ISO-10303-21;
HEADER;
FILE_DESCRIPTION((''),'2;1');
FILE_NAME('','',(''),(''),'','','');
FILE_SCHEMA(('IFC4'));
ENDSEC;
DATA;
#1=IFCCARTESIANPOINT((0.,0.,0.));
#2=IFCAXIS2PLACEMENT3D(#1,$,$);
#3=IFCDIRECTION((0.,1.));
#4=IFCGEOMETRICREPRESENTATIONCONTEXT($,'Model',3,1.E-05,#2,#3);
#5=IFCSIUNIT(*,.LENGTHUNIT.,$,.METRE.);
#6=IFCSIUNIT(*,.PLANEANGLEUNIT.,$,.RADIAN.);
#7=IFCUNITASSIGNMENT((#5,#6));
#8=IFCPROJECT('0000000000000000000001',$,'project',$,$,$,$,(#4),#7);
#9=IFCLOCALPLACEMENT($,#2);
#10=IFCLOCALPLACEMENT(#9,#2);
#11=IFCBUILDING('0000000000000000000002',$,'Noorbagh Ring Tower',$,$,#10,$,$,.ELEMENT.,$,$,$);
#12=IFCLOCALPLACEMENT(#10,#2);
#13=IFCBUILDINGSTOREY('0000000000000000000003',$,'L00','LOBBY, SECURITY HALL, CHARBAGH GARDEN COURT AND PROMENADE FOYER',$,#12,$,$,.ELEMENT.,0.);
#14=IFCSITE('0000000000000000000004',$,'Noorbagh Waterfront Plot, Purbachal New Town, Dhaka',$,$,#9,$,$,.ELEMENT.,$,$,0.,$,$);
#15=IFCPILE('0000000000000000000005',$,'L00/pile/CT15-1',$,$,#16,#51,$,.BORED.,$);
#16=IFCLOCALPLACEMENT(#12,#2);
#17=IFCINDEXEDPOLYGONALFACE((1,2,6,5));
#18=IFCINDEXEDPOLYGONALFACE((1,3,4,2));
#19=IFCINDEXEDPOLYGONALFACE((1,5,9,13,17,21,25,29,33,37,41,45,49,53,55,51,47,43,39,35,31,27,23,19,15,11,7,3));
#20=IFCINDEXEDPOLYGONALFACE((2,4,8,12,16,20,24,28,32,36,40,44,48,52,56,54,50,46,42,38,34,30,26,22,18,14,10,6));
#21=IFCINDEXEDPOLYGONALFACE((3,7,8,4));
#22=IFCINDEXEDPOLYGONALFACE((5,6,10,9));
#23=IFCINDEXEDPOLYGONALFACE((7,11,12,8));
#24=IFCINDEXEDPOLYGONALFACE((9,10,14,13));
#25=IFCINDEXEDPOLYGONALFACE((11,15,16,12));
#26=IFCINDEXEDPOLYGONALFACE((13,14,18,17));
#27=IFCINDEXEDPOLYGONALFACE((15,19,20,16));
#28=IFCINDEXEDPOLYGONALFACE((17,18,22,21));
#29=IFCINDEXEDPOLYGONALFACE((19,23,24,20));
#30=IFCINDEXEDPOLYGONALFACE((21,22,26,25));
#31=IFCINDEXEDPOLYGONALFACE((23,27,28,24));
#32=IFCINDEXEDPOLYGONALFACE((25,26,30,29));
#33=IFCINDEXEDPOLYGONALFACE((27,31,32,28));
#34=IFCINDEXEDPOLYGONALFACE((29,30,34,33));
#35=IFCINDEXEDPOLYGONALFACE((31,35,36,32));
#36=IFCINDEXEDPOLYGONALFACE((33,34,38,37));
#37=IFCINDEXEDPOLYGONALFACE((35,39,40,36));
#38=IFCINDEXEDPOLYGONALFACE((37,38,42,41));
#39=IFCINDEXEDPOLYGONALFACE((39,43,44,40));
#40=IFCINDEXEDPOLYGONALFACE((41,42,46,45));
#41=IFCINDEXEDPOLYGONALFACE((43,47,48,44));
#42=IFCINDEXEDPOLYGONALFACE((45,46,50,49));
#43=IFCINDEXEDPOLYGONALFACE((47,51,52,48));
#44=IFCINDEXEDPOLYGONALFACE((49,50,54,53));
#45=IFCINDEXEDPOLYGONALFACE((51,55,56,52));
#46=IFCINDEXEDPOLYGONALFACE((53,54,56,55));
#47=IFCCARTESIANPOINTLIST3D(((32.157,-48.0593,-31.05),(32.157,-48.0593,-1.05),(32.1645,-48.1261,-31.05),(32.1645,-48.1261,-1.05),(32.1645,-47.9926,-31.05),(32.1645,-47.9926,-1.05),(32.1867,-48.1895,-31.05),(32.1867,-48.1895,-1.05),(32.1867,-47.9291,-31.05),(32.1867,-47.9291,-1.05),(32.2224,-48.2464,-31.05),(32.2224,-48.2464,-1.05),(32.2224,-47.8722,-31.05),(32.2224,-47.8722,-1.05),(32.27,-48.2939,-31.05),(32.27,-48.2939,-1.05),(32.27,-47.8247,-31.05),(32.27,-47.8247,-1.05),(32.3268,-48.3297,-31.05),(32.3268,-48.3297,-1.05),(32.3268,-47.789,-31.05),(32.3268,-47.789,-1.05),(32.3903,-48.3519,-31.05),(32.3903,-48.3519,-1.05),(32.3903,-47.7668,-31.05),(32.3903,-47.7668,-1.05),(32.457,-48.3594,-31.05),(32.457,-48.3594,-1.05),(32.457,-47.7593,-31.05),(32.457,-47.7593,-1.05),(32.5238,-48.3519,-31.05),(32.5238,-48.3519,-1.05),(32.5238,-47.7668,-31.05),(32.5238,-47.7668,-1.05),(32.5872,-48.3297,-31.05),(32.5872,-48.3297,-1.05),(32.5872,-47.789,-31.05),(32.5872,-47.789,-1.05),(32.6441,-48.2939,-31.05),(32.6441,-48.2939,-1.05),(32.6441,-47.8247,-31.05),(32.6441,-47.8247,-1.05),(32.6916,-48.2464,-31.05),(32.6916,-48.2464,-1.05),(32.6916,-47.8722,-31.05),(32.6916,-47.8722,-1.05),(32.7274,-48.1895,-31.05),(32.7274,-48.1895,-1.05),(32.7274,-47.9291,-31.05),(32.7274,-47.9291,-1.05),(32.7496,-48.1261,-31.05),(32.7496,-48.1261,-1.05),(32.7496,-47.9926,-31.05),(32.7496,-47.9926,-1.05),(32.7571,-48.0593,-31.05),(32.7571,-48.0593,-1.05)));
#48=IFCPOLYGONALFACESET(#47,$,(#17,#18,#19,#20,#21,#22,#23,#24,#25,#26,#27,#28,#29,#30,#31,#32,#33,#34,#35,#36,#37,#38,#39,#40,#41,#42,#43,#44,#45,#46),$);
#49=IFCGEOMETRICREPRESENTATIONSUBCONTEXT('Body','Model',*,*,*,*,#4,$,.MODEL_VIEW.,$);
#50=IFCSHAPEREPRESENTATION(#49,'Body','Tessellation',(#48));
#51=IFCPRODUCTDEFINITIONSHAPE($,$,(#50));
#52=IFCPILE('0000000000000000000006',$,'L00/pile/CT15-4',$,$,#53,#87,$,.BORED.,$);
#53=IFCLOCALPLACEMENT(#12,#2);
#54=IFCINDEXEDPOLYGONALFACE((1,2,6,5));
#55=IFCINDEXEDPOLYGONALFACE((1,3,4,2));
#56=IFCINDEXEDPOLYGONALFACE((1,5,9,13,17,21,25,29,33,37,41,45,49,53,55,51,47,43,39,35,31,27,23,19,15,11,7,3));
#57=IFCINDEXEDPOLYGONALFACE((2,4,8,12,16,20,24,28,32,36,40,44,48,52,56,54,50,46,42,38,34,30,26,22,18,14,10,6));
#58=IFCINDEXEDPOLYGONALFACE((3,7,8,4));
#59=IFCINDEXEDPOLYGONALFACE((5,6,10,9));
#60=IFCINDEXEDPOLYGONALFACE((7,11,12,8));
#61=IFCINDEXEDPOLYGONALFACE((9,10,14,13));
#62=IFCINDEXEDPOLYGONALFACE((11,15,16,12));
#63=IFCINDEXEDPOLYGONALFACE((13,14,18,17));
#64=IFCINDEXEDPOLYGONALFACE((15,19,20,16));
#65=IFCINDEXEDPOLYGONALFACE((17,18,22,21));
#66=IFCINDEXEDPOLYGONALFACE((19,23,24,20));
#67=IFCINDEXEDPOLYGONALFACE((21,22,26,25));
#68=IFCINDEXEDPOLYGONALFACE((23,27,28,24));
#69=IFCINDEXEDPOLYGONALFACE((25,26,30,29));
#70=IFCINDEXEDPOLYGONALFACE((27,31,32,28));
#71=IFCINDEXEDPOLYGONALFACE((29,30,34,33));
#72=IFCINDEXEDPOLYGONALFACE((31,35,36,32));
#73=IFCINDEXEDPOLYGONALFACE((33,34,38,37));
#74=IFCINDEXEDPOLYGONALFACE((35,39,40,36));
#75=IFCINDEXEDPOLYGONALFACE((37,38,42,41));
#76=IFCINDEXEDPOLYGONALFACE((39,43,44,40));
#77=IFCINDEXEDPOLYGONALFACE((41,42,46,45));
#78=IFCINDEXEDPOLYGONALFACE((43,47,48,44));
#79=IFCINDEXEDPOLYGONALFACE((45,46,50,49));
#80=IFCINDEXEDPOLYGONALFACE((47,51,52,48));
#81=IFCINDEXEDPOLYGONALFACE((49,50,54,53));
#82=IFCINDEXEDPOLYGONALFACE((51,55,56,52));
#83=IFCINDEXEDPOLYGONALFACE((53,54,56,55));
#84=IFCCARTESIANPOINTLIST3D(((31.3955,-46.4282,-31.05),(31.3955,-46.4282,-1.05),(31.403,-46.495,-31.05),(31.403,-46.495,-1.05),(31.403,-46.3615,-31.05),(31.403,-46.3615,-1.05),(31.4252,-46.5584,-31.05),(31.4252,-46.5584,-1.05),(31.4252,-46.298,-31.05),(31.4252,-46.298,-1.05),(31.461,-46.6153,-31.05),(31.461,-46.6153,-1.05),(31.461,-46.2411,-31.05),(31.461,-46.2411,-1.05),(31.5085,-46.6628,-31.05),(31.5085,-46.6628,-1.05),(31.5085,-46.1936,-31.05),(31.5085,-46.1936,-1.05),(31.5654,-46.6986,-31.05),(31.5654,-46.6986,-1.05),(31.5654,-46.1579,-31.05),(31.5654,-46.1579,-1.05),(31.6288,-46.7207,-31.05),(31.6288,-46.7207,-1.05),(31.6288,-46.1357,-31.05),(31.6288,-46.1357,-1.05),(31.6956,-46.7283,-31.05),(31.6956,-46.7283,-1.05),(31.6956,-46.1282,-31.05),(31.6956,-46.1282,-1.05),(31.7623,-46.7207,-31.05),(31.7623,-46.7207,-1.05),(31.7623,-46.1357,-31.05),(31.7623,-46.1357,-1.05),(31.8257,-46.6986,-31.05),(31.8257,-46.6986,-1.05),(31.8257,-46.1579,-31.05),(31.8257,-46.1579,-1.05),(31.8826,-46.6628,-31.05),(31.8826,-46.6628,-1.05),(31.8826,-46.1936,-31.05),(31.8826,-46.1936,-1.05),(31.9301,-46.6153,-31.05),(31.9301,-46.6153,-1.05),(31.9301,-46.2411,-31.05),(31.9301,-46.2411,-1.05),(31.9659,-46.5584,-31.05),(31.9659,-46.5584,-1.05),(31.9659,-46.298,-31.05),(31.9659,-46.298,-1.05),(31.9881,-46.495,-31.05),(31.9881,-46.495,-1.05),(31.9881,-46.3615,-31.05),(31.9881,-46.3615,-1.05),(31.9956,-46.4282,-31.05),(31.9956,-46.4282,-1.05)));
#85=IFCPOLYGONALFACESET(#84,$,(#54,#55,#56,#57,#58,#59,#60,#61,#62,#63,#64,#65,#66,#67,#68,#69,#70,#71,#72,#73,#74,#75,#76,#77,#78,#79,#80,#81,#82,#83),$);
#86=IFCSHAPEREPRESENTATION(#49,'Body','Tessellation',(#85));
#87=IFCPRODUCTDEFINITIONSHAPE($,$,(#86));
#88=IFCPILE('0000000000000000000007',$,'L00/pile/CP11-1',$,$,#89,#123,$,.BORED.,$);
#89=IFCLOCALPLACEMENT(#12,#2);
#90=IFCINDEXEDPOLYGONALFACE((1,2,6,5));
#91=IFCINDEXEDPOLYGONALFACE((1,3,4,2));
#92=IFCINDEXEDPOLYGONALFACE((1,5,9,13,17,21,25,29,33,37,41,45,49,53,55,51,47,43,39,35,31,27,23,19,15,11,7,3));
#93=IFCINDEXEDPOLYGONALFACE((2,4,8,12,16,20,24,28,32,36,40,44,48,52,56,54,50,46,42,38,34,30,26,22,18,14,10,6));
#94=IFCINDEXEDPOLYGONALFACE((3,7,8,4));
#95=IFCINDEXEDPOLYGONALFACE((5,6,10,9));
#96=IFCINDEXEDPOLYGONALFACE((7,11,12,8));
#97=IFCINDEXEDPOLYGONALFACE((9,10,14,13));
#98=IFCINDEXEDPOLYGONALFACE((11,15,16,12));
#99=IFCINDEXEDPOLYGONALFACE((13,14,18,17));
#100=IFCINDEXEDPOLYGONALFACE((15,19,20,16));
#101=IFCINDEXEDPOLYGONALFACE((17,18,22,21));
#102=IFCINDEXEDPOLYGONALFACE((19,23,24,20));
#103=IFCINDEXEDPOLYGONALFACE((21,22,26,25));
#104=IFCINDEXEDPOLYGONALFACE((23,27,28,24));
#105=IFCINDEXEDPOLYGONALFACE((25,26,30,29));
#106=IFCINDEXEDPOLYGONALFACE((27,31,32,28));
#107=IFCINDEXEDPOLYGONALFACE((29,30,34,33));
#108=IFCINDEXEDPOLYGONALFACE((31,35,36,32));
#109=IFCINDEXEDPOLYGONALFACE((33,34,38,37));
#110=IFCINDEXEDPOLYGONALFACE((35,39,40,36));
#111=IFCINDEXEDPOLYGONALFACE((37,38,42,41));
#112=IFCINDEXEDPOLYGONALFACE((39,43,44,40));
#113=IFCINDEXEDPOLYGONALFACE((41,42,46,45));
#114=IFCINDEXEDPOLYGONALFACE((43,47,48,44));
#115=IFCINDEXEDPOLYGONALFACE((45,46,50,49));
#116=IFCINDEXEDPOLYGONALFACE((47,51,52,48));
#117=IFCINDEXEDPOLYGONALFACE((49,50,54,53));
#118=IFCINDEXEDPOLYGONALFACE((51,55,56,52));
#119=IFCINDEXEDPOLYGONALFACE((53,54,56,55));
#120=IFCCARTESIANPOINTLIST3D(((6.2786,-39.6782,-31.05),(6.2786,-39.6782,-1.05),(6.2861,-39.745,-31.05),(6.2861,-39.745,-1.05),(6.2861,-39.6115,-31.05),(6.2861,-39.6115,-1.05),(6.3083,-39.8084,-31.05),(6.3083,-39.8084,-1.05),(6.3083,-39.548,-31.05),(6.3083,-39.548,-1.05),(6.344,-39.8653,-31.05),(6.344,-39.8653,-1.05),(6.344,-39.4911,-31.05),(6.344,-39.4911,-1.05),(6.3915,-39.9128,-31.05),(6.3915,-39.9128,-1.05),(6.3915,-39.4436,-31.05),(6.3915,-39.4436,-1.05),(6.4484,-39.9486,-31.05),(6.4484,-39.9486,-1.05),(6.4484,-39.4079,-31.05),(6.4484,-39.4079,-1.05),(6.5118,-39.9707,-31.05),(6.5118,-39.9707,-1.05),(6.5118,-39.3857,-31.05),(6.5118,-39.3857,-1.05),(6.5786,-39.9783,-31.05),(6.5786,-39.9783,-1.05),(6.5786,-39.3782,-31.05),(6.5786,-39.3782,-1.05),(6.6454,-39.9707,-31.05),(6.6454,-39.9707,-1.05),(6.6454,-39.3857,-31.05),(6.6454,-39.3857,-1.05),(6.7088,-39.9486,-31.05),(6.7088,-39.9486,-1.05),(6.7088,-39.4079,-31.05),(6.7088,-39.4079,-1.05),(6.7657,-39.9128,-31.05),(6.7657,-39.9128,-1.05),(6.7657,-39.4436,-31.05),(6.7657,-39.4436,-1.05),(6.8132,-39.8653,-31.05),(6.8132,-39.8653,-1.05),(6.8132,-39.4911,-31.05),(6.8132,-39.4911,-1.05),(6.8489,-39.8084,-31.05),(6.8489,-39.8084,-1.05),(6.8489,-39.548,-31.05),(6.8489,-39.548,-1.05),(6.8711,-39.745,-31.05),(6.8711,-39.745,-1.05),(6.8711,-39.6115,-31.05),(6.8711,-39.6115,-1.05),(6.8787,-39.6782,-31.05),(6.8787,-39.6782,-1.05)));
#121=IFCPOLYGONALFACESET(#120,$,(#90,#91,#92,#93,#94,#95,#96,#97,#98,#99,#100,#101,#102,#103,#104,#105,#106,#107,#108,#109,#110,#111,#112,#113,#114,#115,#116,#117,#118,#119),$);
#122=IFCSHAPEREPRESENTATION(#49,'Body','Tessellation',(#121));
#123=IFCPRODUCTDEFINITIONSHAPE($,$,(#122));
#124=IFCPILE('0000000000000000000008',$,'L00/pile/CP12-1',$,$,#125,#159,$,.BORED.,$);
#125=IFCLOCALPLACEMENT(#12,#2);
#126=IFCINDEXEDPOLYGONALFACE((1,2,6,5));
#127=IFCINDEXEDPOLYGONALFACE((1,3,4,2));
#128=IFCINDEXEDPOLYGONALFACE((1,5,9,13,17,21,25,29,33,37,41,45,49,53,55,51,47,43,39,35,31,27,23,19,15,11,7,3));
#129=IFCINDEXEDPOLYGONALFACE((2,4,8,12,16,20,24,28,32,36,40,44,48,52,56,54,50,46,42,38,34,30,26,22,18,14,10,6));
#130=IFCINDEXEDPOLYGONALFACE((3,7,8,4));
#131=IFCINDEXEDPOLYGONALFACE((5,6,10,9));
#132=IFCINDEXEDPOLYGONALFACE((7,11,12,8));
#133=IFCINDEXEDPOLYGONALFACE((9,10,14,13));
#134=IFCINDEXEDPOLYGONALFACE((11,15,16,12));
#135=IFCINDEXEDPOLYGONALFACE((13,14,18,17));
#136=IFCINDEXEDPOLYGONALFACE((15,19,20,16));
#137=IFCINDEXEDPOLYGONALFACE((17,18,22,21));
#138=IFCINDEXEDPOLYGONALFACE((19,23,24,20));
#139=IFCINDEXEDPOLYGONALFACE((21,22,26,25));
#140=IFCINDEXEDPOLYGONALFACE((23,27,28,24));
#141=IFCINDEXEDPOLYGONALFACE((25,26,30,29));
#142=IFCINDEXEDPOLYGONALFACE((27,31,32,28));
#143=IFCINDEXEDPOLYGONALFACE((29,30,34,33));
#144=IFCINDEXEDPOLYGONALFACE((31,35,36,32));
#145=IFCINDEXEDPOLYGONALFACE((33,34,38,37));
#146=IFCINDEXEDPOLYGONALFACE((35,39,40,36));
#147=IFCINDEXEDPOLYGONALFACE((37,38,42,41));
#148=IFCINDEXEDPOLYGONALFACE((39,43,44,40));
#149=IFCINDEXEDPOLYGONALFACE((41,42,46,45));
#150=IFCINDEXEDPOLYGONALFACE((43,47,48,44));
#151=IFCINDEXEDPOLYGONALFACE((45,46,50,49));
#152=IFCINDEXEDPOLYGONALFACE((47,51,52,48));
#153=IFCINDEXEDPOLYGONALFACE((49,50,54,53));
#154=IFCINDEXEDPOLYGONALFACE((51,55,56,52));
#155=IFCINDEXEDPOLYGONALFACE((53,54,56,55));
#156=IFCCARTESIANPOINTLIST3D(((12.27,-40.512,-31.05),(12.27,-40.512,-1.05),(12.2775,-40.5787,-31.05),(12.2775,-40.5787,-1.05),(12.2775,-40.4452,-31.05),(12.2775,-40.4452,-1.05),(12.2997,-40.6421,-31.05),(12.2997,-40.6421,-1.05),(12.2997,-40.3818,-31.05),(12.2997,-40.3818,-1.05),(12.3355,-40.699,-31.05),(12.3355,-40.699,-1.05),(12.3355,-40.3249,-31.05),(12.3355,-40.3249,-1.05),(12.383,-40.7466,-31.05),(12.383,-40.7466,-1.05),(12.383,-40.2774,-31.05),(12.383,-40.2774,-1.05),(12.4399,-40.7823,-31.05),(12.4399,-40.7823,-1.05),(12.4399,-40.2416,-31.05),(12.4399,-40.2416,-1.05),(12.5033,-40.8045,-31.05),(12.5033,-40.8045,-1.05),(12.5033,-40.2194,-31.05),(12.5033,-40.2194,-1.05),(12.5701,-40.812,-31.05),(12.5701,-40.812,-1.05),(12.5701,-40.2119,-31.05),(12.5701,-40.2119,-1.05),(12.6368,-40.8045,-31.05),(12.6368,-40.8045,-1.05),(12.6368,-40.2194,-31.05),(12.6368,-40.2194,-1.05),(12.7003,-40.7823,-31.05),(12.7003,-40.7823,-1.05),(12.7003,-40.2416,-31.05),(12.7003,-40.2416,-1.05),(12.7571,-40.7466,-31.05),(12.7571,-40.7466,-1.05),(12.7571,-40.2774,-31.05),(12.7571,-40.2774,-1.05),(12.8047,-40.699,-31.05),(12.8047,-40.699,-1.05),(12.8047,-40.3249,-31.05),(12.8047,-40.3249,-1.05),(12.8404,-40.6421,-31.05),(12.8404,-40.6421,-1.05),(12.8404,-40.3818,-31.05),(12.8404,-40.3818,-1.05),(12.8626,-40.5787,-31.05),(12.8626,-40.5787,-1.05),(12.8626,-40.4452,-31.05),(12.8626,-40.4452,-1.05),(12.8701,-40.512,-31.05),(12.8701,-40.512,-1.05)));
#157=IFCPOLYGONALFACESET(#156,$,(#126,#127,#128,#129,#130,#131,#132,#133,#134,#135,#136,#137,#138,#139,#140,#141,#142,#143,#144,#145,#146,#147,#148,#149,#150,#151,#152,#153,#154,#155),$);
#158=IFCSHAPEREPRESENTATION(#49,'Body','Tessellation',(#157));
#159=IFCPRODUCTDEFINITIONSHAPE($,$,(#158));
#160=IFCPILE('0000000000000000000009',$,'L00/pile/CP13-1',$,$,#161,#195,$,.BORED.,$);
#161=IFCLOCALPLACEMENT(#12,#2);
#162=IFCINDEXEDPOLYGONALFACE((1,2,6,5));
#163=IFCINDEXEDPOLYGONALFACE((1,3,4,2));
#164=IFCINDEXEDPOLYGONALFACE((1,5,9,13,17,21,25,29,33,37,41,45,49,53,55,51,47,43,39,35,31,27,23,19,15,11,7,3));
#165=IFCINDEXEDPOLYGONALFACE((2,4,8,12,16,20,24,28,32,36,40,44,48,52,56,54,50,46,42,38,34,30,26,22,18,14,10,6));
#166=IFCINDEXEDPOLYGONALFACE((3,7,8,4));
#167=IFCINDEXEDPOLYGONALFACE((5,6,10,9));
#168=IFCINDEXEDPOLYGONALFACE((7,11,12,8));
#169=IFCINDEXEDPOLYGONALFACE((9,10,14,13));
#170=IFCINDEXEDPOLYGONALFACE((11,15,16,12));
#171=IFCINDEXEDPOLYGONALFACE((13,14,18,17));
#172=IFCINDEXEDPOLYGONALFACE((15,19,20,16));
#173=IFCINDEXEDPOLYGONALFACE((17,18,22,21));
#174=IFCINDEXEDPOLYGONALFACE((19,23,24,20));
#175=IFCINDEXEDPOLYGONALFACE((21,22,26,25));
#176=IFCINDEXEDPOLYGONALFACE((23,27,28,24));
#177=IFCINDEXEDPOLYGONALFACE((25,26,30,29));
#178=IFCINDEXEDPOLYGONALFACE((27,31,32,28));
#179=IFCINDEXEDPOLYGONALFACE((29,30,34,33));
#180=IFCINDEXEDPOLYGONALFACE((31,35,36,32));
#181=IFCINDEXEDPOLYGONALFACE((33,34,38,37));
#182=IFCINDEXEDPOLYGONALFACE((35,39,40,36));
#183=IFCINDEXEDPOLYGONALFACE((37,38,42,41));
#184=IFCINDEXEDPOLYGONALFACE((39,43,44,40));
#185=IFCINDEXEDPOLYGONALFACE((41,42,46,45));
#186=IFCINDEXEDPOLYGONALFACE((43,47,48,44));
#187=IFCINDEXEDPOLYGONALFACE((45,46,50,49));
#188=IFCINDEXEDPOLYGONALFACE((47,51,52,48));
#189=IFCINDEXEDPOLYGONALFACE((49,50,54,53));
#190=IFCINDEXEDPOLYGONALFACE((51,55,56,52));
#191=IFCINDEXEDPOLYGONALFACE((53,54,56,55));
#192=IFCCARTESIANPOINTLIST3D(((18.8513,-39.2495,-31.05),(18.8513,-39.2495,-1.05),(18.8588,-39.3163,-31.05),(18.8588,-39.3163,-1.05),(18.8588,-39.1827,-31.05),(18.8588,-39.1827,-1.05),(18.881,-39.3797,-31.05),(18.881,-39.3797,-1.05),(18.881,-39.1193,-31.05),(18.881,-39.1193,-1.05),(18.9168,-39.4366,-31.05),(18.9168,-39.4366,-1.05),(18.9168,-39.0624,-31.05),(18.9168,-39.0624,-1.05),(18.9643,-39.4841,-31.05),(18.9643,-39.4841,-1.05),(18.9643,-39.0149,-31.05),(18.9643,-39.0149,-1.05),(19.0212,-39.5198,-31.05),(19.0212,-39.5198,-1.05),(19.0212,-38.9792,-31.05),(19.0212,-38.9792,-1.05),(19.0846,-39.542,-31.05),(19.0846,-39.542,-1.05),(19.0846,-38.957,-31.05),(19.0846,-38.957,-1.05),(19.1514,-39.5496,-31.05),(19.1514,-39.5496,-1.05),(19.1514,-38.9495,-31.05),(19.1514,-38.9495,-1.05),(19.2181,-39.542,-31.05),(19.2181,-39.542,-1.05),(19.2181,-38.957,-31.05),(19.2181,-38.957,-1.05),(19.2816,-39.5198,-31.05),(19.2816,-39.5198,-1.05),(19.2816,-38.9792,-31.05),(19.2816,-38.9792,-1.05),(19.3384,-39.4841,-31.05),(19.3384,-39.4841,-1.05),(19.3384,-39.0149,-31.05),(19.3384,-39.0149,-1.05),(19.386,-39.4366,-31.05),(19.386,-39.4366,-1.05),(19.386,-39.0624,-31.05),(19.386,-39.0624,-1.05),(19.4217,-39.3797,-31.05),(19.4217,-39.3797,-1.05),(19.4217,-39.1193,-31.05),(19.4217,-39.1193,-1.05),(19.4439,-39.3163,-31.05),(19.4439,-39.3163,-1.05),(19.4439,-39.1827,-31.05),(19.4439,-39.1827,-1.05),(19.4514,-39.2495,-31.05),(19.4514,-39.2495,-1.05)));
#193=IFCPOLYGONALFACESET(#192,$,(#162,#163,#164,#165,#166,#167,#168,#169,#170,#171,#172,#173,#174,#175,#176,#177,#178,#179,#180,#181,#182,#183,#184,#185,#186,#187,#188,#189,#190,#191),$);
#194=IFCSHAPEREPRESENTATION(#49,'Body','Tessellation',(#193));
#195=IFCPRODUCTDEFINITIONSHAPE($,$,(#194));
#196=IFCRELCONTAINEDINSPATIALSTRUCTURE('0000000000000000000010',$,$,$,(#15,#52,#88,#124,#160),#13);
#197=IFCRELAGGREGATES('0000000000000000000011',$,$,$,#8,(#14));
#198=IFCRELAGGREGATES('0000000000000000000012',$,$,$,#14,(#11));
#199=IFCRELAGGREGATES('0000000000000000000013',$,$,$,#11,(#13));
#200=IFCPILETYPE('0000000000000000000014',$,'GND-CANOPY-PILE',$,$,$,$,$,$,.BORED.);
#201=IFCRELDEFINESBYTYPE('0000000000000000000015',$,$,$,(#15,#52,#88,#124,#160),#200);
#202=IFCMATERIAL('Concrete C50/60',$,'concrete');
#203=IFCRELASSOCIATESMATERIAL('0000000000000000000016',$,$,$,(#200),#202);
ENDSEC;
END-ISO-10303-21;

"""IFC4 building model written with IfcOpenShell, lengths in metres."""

from ifc_helpers import new_model, si_unit, direction, frame, origin, origin_2d, place, context, subcontext, project, spatial, circle, extrude, material, material_profile, profile_set, type_object, element, save


model = new_model("IFC4")

# Units and contexts
model_context = context("Model", 3, precision=1e-05, world=origin(), true_north=direction((0.0, 1.0)))
body_context = subcontext(model_context, "Body", "Model", "MODEL_VIEW")
ifc_project = project(units=[si_unit("LENGTHUNIT", "METRE"), si_unit("PLANEANGLEUNIT", "RADIAN")], contexts=[model_context])

# Site, building, storey
site_placement = place(None, origin())
site = spatial("IfcSite", under=ifc_project, at=site_placement, Name="Noorbagh Waterfront Plot, Purbachal New Town, Dhaka", CompositionType="ELEMENT", RefElevation=0.0)
building_placement = place(site_placement, origin())
building = spatial("IfcBuilding", under=site, at=building_placement, Name="Noorbagh Ring Tower", CompositionType="ELEMENT")
storey_placement = place(building_placement, origin())
storey = spatial("IfcBuildingStorey", under=building, at=storey_placement, Name="L00", Description="LOBBY, SECURITY HALL, CHARBAGH GARDEN COURT AND PROMENADE FOYER", CompositionType="ELEMENT", Elevation=0.0)

# Piles
ifc_material_1 = material(Name="Concrete C50/60", Category="concrete")
ifc_material_profile_1 = material_profile(ifc_material_1, circle(Radius=0.3, at=origin_2d()), Name="PILE600")
ifc_profile_set_1 = profile_set([ifc_material_profile_1], Name="Concrete C50/60")
pile_type = type_object("IfcPileType", Name="GND-CANOPY-PILE", PredefinedType="BORED", material=ifc_profile_set_1)
for number, where, z_axis, x_axis, name in (
    (1, (32.457, -48.0593, -1.05), (0.0, 0.0, -1.0), (1.0, 0.0, 0.0), "L00/pile/CT15-1"),
    (2, (31.6956, -46.4282, -1.05), (0.0, 0.0, -1.0), (1.0, 0.0, 0.0), "L00/pile/CT15-4"),
    (3, (6.5786, -39.6782, -1.05), (0.0, 0.0, -1.0), (1.0, 0.0, 0.0), "L00/pile/CP11-1"),
    (4, (12.5701, -40.512, -1.05), (0.0, 0.0, -1.0), (1.0, 0.0, 0.0), "L00/pile/CP12-1"),
    (5, (19.1514, -39.2495, -1.05), (0.0, 0.0, -1.0), (1.0, 0.0, 0.0), "L00/pile/CP13-1"),
):
    element("IfcPile", number, at=place(storey_placement, frame(where, z_axis=z_axis, x_axis=x_axis)), inside=storey, type_object=pile_type, Name=name, PredefinedType="BORED", context=body_context, shape_type="SweptSolid", body=[
        extrude(circle(Radius=0.3, at=origin_2d()), origin(), (0.0, 0.0, 1.0), 30.0),
    ])

save(model, "model.ifc")
